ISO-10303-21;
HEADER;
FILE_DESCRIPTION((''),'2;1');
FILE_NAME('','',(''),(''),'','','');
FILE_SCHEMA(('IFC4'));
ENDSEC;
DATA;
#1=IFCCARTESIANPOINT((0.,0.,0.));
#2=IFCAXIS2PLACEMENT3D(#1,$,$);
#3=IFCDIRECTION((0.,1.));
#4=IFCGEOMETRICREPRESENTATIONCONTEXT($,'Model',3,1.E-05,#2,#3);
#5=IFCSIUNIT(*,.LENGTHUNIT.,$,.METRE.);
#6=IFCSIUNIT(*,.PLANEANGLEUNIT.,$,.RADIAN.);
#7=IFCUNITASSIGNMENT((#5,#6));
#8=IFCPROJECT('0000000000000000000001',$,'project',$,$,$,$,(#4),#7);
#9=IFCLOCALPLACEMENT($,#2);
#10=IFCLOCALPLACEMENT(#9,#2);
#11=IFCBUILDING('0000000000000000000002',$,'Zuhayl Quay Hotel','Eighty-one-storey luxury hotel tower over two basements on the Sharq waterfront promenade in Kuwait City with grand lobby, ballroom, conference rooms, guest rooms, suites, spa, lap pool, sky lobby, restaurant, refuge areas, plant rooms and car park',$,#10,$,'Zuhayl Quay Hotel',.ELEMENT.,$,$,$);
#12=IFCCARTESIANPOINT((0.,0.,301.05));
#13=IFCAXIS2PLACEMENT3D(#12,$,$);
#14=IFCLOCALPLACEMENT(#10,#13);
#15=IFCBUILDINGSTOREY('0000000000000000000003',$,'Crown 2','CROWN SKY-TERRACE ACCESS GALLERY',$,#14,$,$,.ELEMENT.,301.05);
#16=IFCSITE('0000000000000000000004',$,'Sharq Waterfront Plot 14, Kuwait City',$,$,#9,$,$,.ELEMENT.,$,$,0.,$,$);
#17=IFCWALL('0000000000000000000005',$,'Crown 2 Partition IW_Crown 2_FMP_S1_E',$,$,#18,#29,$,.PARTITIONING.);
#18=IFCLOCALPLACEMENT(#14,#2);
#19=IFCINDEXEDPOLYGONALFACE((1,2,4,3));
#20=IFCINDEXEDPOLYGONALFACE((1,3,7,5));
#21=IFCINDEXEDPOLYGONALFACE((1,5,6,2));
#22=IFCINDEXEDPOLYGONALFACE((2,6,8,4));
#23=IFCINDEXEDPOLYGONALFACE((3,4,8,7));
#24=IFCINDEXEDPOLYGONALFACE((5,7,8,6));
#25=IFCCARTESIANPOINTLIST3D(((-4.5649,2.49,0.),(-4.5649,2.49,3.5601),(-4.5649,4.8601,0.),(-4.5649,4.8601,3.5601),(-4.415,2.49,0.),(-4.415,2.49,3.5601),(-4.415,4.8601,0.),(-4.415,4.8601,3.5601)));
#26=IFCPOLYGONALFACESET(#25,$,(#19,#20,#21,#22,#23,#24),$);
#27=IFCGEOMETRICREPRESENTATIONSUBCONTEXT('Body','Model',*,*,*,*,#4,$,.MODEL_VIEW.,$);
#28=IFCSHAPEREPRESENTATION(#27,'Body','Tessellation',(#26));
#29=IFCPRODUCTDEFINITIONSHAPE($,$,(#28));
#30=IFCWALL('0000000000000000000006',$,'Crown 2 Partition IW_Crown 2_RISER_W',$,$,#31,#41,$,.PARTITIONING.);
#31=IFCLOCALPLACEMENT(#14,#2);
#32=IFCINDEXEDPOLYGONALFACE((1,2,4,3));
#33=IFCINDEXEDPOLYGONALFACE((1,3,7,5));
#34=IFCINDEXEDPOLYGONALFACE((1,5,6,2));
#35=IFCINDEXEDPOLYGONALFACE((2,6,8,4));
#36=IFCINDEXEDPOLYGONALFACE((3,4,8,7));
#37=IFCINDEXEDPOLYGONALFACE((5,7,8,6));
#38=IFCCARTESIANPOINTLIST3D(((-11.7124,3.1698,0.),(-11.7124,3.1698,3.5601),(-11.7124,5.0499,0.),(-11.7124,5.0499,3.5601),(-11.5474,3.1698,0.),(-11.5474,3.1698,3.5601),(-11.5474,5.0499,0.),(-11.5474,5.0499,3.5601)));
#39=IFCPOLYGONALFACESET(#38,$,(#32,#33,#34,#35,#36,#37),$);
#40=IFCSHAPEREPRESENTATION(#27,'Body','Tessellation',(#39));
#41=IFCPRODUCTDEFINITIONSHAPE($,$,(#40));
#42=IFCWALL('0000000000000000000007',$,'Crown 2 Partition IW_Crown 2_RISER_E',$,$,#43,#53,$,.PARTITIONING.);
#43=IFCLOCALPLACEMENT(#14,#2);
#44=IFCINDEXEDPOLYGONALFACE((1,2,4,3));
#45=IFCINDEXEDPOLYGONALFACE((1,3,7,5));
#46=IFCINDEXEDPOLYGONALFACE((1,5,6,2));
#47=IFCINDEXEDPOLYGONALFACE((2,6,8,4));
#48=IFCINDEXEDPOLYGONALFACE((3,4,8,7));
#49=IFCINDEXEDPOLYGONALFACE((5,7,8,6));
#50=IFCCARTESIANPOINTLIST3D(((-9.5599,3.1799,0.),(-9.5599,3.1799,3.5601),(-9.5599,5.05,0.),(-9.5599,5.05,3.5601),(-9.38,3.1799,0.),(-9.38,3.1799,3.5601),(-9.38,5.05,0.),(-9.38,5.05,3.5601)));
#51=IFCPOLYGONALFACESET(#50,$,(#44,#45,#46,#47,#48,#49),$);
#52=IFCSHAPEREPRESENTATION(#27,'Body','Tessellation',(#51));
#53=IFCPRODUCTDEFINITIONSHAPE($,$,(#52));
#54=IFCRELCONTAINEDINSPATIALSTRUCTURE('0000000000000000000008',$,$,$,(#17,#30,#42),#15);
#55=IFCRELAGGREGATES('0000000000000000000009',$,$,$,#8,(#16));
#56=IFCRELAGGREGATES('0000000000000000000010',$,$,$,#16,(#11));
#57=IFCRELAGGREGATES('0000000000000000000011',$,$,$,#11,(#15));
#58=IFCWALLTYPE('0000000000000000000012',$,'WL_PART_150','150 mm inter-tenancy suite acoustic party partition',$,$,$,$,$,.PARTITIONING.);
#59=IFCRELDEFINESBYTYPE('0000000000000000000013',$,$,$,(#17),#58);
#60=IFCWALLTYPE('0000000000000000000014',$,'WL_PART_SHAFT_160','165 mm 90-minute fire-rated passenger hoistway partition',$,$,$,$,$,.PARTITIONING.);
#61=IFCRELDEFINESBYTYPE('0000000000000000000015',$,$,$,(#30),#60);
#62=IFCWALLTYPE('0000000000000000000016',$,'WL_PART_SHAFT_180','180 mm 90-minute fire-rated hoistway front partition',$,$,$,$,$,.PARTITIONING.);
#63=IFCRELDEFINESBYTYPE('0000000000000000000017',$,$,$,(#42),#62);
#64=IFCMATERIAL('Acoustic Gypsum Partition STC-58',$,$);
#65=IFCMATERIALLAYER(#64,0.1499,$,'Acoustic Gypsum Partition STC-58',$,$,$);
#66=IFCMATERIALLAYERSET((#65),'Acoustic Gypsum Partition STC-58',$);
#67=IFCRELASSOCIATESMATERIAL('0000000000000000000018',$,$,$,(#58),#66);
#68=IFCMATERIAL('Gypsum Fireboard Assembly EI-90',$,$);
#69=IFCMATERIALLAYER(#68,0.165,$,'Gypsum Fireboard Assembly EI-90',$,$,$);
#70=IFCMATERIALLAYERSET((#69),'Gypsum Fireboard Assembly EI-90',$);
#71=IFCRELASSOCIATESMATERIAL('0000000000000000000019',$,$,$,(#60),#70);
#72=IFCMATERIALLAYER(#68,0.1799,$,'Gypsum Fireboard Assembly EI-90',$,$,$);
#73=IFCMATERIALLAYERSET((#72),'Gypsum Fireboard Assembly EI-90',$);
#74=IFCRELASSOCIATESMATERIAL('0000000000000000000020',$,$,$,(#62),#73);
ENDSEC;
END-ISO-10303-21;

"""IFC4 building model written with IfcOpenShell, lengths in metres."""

from ifc_helpers import new_model, si_unit, direction, frame, frame_2d, origin, place, context, subcontext, project, spatial, rectangle, extrude, material, layer, layer_set, type_object, element, save


model = new_model("IFC4")

# Units and contexts
model_context = context("Model", 3, precision=1e-05, world=origin(), true_north=direction((0.0, 1.0)))
body_context = subcontext(model_context, "Body", "Model", "MODEL_VIEW")
ifc_project = project(units=[si_unit("LENGTHUNIT", "METRE"), si_unit("PLANEANGLEUNIT", "RADIAN")], contexts=[model_context])

# Site, building, storey
site_placement = place(None, origin())
site = spatial("IfcSite", under=ifc_project, at=site_placement, Name="Sharq Waterfront Plot 14, Kuwait City", CompositionType="ELEMENT", RefElevation=0.0)
building_placement = place(site_placement, origin())
building = spatial("IfcBuilding", under=site, at=building_placement, Name="Zuhayl Quay Hotel", Description="Eighty-one-storey luxury hotel tower over two basements on the Sharq waterfront promenade in Kuwait City with grand lobby, ballroom, conference rooms, guest rooms, suites, spa, lap pool, sky lobby, restaurant, refuge areas, plant rooms and car park", LongName="Zuhayl Quay Hotel", CompositionType="ELEMENT")
storey_placement = place(building_placement, frame((0.0, 0.0, 301.05)))
storey = spatial("IfcBuildingStorey", under=building, at=storey_placement, Name="Crown 2", Description="CROWN SKY-TERRACE ACCESS GALLERY", CompositionType="ELEMENT", Elevation=301.05)

# Walls
ifc_material_1 = material(Name="Acoustic Gypsum Partition STC-58")
ifc_layer_1 = layer(ifc_material_1, 0.1499, Name="Acoustic Gypsum Partition STC-58")
ifc_layer_set_1 = layer_set([ifc_layer_1], Name="Acoustic Gypsum Partition STC-58")
wall_type_1 = type_object("IfcWallType", Name="WL_PART_150", Description="150 mm inter-tenancy suite acoustic party partition", PredefinedType="PARTITIONING", material=ifc_layer_set_1)
for number, where, z_axis, x_axis, name in (
    (1, (-4.49, 2.49, 0.0), (0.0, 0.0, 1.0), (0.0, 1.0, 0.0), "Crown 2 Partition IW_Crown 2_FMP_S1_E"),
):
    element("IfcWall", number, at=place(storey_placement, frame(where, z_axis=z_axis, x_axis=x_axis)), inside=storey, type_object=wall_type_1, Name=name, PredefinedType="PARTITIONING", context=body_context, shape_type="SweptSolid", body=[
        extrude(rectangle(XDim=2.3701, YDim=0.1499, at=frame_2d((1.1851, 0.0))), origin(), (0.0, 0.0, 1.0), 3.5601),
    ])
ifc_material_2 = material(Name="Gypsum Fireboard Assembly EI-90")
ifc_layer_2 = layer(ifc_material_2, 0.165, Name="Gypsum Fireboard Assembly EI-90")
ifc_layer_set_2 = layer_set([ifc_layer_2], Name="Gypsum Fireboard Assembly EI-90")
wall_type_2 = type_object("IfcWallType", Name="WL_PART_SHAFT_160", Description="165 mm 90-minute fire-rated passenger hoistway partition", PredefinedType="PARTITIONING", material=ifc_layer_set_2)
wall_1_placement = place(storey_placement, frame((-11.6299, 3.1699, 0.0), z_axis=(0.0, 0.0, 1.0), x_axis=(0.0, 1.0, 0.0)))
element("IfcWall", 2, at=wall_1_placement, inside=storey, type_object=wall_type_2, Name="Crown 2 Partition IW_Crown 2_RISER_W", PredefinedType="PARTITIONING", context=body_context, shape_type="SweptSolid", body=[
    extrude(rectangle(XDim=1.8801, YDim=0.165, at=frame_2d((0.9399, 0.0))), origin(), (0.0, 0.0, 1.0), 3.5601),
])
ifc_layer_3 = layer(ifc_material_2, 0.1799, Name="Gypsum Fireboard Assembly EI-90")
ifc_layer_set_3 = layer_set([ifc_layer_3], Name="Gypsum Fireboard Assembly EI-90")
wall_type_3 = type_object("IfcWallType", Name="WL_PART_SHAFT_180", Description="180 mm 90-minute fire-rated hoistway front partition", PredefinedType="PARTITIONING", material=ifc_layer_set_3)
wall_2_placement = place(storey_placement, frame((-9.47, 3.1799, 0.0), z_axis=(0.0, 0.0, 1.0), x_axis=(0.0, 1.0, 0.0)))
element("IfcWall", 3, at=wall_2_placement, inside=storey, type_object=wall_type_3, Name="Crown 2 Partition IW_Crown 2_RISER_E", PredefinedType="PARTITIONING", context=body_context, shape_type="SweptSolid", body=[
    extrude(rectangle(XDim=1.8701, YDim=0.1799, at=frame_2d((0.9351, 0.0))), origin(), (0.0, 0.0, 1.0), 3.5601),
])

save(model, "model.ifc")
